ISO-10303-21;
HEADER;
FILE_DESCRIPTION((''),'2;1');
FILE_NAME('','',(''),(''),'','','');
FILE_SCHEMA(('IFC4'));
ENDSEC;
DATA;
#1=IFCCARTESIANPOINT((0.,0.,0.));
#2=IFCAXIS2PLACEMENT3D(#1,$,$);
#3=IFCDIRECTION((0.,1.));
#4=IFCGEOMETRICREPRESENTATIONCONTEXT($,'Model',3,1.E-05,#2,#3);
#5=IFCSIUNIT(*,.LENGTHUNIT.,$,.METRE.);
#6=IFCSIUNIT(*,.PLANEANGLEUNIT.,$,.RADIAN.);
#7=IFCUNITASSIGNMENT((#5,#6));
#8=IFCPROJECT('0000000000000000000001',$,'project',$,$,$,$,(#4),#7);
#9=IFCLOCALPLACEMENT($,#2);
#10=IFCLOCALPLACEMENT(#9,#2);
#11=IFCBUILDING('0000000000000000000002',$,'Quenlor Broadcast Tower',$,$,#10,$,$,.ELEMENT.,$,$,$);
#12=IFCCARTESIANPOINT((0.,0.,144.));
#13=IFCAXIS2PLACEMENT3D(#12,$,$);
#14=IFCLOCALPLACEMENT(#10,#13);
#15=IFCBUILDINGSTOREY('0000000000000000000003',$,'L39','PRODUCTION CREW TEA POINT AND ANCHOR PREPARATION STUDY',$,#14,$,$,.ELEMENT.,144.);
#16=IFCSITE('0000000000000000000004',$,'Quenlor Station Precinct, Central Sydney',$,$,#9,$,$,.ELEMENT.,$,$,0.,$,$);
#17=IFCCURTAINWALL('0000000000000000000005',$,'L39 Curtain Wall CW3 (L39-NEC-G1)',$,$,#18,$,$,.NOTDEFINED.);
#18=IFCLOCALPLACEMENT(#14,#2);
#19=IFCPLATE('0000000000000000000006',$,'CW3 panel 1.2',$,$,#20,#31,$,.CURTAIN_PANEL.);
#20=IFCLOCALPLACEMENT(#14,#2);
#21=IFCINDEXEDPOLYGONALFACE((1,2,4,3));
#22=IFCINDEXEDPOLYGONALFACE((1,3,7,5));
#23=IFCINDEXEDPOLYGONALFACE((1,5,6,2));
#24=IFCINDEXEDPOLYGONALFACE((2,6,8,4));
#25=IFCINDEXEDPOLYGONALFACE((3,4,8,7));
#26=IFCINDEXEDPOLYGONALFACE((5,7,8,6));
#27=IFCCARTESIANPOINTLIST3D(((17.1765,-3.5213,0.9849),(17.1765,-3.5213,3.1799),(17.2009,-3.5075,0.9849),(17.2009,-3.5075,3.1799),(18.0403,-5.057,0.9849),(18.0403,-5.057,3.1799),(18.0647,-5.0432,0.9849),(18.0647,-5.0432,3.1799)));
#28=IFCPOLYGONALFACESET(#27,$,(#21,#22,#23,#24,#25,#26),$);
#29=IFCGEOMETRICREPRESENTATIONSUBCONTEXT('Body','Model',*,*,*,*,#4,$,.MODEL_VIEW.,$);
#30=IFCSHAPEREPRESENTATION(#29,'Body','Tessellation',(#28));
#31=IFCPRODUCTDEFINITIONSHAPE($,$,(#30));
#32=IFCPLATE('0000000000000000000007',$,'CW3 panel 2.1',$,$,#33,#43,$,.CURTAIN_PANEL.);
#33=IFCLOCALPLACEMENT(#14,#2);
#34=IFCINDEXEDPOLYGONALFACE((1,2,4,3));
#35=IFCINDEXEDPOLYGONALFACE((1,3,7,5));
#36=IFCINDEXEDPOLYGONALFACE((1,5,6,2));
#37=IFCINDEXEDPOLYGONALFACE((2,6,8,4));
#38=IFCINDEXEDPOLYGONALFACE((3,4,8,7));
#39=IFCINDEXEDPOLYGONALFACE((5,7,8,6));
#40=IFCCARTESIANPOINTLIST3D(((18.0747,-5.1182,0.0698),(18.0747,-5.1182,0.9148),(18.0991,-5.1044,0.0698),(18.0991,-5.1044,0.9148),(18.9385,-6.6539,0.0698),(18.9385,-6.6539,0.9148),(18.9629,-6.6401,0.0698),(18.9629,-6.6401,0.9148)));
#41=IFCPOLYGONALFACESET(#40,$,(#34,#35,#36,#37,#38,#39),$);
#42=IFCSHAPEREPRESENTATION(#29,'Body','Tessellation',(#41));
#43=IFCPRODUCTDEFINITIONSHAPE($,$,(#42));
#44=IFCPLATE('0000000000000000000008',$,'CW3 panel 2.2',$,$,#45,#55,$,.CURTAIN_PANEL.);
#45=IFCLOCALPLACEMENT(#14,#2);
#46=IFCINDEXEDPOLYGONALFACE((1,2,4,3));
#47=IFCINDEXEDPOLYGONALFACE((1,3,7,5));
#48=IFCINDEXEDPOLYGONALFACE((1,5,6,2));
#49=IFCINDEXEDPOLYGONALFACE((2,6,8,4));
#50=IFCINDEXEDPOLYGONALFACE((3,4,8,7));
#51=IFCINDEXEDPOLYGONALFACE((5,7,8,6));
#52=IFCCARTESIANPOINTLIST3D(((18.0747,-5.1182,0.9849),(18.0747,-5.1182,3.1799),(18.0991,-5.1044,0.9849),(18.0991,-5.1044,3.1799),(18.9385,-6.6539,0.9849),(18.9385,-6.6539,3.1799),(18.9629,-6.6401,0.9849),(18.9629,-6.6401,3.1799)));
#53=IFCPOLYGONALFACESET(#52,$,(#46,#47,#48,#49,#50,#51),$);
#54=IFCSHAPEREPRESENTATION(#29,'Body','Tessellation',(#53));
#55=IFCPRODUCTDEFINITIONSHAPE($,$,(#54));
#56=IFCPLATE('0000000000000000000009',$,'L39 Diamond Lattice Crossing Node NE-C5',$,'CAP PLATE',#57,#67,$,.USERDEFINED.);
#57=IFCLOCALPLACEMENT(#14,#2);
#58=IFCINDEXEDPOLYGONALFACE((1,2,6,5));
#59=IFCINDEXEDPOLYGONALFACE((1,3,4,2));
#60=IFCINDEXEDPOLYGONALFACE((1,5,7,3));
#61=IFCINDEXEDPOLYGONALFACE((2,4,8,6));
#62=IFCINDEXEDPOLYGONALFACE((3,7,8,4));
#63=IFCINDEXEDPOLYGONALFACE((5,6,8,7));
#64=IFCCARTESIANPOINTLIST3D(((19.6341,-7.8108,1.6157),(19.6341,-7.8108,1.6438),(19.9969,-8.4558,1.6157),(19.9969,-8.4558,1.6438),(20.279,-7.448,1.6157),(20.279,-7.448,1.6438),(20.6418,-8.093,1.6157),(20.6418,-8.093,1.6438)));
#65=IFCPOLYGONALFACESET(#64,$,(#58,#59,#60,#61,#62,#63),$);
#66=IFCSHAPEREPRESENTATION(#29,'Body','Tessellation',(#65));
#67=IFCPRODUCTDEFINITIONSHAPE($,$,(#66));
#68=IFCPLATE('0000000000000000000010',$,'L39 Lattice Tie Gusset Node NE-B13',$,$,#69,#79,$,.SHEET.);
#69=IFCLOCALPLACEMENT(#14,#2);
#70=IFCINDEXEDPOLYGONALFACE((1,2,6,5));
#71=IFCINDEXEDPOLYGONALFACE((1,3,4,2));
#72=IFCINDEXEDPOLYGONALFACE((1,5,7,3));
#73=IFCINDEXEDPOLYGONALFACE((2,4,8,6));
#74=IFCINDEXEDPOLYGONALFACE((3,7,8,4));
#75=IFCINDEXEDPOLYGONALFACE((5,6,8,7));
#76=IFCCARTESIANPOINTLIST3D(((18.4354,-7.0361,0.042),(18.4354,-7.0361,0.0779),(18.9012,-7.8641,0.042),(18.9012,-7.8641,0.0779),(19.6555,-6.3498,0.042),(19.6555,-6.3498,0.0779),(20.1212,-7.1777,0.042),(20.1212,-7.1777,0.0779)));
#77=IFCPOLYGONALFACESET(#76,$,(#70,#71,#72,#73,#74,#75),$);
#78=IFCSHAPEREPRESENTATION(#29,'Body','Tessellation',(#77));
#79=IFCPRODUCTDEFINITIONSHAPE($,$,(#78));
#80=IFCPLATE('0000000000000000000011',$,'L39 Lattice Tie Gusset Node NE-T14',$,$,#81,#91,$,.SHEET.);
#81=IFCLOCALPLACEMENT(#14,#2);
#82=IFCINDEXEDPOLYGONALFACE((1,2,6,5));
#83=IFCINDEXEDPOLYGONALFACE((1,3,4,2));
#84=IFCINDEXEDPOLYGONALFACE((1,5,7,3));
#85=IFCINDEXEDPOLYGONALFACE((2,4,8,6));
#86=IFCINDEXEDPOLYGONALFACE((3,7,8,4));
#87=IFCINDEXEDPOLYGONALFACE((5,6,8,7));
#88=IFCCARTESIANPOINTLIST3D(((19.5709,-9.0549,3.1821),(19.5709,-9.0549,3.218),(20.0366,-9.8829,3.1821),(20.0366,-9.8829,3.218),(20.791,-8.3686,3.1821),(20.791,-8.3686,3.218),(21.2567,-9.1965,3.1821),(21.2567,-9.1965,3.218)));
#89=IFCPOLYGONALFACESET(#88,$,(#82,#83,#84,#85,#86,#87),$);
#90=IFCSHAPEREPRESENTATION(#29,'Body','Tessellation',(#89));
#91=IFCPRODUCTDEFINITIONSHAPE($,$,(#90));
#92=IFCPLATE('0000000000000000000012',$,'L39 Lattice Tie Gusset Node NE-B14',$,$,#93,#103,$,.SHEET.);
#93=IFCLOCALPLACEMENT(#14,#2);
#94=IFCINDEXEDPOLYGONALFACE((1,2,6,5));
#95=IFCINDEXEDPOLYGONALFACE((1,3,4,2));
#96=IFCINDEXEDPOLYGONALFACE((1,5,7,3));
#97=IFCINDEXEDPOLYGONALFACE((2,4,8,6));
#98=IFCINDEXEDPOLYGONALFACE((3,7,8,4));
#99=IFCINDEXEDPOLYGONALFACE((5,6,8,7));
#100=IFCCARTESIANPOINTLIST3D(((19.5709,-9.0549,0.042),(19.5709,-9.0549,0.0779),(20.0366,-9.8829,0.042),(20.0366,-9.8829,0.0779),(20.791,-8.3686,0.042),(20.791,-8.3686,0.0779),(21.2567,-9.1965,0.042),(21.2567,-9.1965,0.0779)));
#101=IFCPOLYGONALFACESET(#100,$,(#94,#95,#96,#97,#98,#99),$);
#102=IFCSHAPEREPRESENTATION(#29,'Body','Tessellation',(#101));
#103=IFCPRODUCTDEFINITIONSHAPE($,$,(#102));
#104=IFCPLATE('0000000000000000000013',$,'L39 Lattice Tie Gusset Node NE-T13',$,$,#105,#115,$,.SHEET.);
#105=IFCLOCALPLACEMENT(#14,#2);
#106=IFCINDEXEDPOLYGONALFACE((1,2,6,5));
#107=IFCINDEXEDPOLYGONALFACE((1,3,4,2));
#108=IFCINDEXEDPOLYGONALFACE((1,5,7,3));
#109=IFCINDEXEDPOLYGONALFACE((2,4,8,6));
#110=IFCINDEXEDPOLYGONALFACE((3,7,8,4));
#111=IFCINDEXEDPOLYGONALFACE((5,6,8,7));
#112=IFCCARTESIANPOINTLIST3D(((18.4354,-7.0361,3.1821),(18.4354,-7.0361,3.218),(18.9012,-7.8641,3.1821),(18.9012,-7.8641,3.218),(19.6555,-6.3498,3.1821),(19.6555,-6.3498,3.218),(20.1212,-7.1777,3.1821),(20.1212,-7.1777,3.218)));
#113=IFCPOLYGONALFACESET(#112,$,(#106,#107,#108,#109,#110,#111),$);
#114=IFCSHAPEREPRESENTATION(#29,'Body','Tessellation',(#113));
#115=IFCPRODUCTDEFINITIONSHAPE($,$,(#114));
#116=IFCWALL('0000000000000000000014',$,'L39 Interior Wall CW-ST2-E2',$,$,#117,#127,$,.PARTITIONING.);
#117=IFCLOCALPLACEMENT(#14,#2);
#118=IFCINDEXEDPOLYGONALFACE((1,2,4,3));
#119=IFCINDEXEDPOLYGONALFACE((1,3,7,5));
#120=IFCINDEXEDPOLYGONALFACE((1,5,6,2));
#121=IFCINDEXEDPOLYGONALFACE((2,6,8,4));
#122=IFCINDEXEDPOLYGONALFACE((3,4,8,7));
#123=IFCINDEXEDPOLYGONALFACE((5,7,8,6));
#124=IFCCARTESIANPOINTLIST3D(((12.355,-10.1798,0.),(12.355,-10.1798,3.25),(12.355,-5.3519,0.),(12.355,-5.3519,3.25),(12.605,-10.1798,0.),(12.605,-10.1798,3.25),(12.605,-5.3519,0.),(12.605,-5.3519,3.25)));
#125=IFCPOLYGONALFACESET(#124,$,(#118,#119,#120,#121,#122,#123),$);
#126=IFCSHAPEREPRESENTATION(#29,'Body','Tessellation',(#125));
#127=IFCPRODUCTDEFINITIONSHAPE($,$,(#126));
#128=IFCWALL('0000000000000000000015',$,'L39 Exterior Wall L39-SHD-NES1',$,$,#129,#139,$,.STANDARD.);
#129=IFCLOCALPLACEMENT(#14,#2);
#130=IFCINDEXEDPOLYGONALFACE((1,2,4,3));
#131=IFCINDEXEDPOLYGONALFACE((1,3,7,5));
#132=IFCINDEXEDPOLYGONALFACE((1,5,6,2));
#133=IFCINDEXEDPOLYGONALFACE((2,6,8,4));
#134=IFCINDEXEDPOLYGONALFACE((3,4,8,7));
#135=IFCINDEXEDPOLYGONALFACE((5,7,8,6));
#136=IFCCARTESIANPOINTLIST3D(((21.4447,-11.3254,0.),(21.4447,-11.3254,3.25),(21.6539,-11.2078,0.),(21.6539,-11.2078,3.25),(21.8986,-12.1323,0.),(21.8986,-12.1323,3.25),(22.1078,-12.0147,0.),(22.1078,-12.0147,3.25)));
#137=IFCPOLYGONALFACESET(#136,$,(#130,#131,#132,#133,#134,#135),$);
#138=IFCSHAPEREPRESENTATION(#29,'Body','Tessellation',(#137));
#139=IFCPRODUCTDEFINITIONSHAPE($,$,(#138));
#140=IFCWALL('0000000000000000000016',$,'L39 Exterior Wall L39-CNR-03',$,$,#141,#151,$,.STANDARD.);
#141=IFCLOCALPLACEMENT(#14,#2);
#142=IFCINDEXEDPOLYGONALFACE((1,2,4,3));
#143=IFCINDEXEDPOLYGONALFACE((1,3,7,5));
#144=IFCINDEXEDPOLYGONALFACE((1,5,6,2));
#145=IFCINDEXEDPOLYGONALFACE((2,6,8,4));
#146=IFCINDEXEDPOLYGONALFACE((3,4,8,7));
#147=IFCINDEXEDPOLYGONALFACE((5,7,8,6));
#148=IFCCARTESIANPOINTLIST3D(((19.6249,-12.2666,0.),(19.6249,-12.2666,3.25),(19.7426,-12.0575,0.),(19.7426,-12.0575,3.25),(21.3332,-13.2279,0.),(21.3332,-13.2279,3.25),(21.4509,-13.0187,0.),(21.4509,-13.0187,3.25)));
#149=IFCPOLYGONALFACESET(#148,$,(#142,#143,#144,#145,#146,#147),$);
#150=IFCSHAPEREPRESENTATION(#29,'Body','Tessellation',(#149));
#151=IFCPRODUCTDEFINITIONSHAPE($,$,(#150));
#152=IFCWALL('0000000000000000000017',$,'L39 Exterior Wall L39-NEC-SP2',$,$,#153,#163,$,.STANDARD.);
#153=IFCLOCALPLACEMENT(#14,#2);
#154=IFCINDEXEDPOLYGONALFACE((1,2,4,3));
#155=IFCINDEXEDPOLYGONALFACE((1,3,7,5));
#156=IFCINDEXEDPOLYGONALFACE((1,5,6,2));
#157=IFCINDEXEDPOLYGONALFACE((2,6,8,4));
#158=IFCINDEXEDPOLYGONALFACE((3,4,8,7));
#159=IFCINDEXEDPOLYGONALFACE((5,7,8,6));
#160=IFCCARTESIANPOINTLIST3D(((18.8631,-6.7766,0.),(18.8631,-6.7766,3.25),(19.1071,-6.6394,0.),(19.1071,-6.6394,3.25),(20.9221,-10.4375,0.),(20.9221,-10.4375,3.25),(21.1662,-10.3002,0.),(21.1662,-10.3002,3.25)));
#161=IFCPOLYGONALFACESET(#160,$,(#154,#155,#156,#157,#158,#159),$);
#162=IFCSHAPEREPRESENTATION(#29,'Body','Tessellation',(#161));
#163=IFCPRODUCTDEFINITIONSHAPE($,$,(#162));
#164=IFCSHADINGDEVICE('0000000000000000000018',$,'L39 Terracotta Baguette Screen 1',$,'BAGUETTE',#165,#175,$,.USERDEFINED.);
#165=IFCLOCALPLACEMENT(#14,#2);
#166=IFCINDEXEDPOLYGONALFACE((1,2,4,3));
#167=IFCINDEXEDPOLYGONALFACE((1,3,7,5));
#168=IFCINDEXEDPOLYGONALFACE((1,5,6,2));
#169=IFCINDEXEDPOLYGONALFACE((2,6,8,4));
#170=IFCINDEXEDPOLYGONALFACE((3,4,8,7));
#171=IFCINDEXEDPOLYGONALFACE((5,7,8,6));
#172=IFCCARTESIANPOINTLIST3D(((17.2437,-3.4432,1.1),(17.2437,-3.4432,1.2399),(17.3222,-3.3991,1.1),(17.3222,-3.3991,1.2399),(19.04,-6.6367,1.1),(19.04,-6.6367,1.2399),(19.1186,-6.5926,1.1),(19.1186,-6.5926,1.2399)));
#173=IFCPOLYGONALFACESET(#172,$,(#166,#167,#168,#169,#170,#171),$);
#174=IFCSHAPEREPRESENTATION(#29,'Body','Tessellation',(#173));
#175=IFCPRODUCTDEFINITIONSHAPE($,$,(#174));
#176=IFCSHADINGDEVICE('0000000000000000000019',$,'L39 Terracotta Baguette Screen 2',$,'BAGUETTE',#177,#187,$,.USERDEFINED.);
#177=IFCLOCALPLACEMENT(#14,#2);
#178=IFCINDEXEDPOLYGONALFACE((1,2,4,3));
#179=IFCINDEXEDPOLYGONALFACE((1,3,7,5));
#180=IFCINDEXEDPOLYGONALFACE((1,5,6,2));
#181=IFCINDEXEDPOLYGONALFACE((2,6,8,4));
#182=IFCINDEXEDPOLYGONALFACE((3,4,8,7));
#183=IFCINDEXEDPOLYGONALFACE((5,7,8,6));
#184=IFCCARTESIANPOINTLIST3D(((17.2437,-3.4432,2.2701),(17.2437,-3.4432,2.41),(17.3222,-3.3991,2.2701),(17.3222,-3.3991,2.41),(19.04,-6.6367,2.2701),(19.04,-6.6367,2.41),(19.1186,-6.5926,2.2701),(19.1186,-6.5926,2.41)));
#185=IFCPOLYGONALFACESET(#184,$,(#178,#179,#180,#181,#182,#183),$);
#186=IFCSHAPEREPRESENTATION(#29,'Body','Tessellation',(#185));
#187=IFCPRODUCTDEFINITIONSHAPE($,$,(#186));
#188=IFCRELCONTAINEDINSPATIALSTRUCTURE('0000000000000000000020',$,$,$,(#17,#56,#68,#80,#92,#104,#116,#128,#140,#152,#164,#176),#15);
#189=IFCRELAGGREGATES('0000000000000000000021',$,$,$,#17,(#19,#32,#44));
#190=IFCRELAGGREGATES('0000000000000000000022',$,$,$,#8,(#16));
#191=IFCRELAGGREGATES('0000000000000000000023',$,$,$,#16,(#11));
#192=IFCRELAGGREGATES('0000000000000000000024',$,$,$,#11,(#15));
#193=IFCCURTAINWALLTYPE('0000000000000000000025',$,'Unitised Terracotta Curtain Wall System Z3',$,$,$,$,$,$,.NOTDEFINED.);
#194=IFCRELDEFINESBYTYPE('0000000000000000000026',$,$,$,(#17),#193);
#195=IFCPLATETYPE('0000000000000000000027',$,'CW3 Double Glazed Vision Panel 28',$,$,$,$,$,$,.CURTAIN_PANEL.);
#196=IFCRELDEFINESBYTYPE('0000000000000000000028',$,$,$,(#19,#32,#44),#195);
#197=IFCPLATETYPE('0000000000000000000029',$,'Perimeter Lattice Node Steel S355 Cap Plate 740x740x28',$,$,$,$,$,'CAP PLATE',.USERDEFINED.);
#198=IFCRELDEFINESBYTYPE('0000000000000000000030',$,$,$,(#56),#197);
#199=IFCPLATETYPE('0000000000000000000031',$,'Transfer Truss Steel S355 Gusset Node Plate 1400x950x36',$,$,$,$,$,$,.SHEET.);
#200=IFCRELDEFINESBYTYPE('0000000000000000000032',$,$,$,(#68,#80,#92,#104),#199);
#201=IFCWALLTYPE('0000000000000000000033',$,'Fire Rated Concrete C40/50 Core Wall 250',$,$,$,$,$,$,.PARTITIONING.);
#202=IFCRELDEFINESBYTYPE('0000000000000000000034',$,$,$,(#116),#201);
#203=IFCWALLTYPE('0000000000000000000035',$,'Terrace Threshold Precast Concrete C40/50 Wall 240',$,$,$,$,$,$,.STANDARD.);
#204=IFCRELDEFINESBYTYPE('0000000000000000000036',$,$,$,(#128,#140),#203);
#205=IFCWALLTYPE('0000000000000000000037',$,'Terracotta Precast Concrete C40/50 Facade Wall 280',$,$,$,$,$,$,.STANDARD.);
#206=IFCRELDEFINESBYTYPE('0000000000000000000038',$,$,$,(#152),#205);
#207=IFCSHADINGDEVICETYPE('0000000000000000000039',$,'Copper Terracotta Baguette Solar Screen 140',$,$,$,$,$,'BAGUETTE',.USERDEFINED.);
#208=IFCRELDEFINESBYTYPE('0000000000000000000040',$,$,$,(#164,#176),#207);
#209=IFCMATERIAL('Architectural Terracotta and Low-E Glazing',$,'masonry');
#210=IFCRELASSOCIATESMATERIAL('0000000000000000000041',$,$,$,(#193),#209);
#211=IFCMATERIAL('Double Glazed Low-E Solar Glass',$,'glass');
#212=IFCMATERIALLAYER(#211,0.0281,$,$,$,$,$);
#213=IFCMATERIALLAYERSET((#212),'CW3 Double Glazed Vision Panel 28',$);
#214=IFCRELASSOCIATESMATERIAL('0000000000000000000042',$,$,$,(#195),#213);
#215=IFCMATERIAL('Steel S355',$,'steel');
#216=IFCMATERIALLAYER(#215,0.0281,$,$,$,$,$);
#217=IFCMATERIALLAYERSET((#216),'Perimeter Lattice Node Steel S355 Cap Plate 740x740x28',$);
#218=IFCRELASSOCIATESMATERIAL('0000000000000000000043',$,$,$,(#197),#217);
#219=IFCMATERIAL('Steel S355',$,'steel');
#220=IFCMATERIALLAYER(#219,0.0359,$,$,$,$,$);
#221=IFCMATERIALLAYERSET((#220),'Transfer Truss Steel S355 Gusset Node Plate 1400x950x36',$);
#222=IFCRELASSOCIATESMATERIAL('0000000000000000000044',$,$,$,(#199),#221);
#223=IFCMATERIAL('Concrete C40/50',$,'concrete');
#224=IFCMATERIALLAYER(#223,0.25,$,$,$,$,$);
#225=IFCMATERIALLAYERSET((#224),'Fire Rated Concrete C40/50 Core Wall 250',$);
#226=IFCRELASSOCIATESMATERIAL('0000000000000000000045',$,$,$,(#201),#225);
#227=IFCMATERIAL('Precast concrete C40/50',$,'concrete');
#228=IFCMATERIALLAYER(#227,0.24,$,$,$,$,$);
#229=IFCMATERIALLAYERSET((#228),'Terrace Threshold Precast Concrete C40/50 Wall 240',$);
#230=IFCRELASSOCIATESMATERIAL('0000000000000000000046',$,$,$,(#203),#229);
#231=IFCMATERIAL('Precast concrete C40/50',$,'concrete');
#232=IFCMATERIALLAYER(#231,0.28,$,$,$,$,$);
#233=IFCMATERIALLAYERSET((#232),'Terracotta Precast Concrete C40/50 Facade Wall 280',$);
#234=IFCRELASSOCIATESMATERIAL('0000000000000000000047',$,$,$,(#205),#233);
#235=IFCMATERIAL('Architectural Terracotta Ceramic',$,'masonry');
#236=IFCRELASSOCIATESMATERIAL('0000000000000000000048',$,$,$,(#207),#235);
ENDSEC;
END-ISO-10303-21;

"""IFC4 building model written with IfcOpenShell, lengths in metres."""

from ifc_helpers import new_model, si_unit, direction, frame, frame_2d, origin, origin_2d, place, context, subcontext, project, spatial, rectangle, extrude, material, layer, layer_set, material_profile, profile_set, type_object, element, aggregate, save


model = new_model("IFC4")

# Units and contexts
model_context = context("Model", 3, precision=1e-05, world=origin(), true_north=direction((0.0, 1.0)))
body_context = subcontext(model_context, "Body", "Model", "MODEL_VIEW")
ifc_project = project(units=[si_unit("LENGTHUNIT", "METRE"), si_unit("PLANEANGLEUNIT", "RADIAN")], contexts=[model_context])

# Site, building, storey
site_placement = place(None, origin())
site = spatial("IfcSite", under=ifc_project, at=site_placement, Name="Quenlor Station Precinct, Central Sydney", CompositionType="ELEMENT", RefElevation=0.0)
building_placement = place(site_placement, origin())
building = spatial("IfcBuilding", under=site, at=building_placement, Name="Quenlor Broadcast Tower", CompositionType="ELEMENT")
storey_placement = place(building_placement, frame((0.0, 0.0, 144.0)))
storey = spatial("IfcBuildingStorey", under=building, at=storey_placement, Name="L39", Description="PRODUCTION CREW TEA POINT AND ANCHOR PREPARATION STUDY", CompositionType="ELEMENT", Elevation=144.0)

# Curtain wall
ifc_material_1 = material(Name="Architectural Terracotta and Low-E Glazing", Category="masonry")
curtain_wall_type = type_object("IfcCurtainWallType", Name="Unitised Terracotta Curtain Wall System Z3", PredefinedType="NOTDEFINED", material=ifc_material_1)
curtain_wall_placement = place(storey_placement, origin())
curtain_wall = element("IfcCurtainWall", 1, at=curtain_wall_placement, inside=storey, type_object=curtain_wall_type, Name="L39 Curtain Wall CW3 (L39-NEC-G1)", PredefinedType="NOTDEFINED")

# Plates
ifc_material_2 = material(Name="Double Glazed Low-E Solar Glass", Category="glass")
ifc_layer_1 = layer(ifc_material_2, 0.0281)
ifc_layer_set_1 = layer_set([ifc_layer_1], Name="CW3 Double Glazed Vision Panel 28")
plate_type_1 = type_object("IfcPlateType", Name="CW3 Double Glazed Vision Panel 28", PredefinedType="CURTAIN_PANEL", material=ifc_layer_set_1)
plate_1_placement = place(storey_placement, frame((17.6206, -4.2822, 0.9849), z_axis=(0.0, 0.0, 1.0), x_axis=(0.490259, -0.871577, 0.0)))
plate_1 = element("IfcPlate", 2, at=plate_1_placement, type_object=plate_type_1, Name="CW3 panel 1.2", PredefinedType="CURTAIN_PANEL", context=body_context, shape_type="SweptSolid", body=[
    extrude(rectangle(XDim=1.762, YDim=0.0281, at=origin_2d()), origin(), (0.0, 0.0, 1.0), 2.1951),
])
plate_2_placement = place(storey_placement, frame((18.5188, -5.8792, 0.0698), z_axis=(0.0, 0.0, 1.0), x_axis=(0.490259, -0.871577, 0.0)))
plate_2 = element("IfcPlate", 3, at=plate_2_placement, type_object=plate_type_1, Name="CW3 panel 2.1", PredefinedType="CURTAIN_PANEL", context=body_context, shape_type="SweptSolid", body=[
    extrude(rectangle(XDim=1.762, YDim=0.0281, at=origin_2d()), origin(), (0.0, 0.0, 1.0), 0.845),
])
plate_3_placement = place(storey_placement, frame((18.5188, -5.8792, 0.9849), z_axis=(0.0, 0.0, 1.0), x_axis=(0.490259, -0.871577, 0.0)))
plate_3 = element("IfcPlate", 4, at=plate_3_placement, type_object=plate_type_1, Name="CW3 panel 2.2", PredefinedType="CURTAIN_PANEL", context=body_context, shape_type="SweptSolid", body=[
    extrude(rectangle(XDim=1.762, YDim=0.0281, at=origin_2d()), origin(), (0.0, 0.0, 1.0), 2.1951),
])
aggregate(curtain_wall, [plate_1, plate_2, plate_3])

# Plates
ifc_material_3 = material(Name="Steel S355", Category="steel")
ifc_layer_2 = layer(ifc_material_3, 0.0281)
ifc_layer_set_2 = layer_set([ifc_layer_2], Name="Perimeter Lattice Node Steel S355 Cap Plate 740x740x28")
plate_type_2 = type_object("IfcPlateType", Name="Perimeter Lattice Node Steel S355 Cap Plate 740x740x28", ElementType="CAP PLATE", PredefinedType="USERDEFINED", material=ifc_layer_set_2)
plate_4_placement = place(storey_placement, frame((20.1379, -7.9519, 1.6157), z_axis=(0.0, 0.0, 1.0), x_axis=(0.490295, -0.871556, 0.0)))
element("IfcPlate", 5, at=plate_4_placement, inside=storey, type_object=plate_type_2, Name="L39 Diamond Lattice Crossing Node NE-C5", ObjectType="CAP PLATE", PredefinedType="USERDEFINED", context=body_context, shape_type="SweptSolid", body=[
    extrude(rectangle(XDim=0.74, YDim=0.74, at=origin_2d()), origin(), (0.0, 0.0, 1.0), 0.0281),
])
ifc_material_4 = material(Name="Steel S355", Category="steel")
ifc_layer_3 = layer(ifc_material_4, 0.0359)
ifc_layer_set_3 = layer_set([ifc_layer_3], Name="Transfer Truss Steel S355 Gusset Node Plate 1400x950x36")
plate_type_3 = type_object("IfcPlateType", Name="Transfer Truss Steel S355 Gusset Node Plate 1400x950x36", PredefinedType="SHEET", material=ifc_layer_set_3)
for number, where, z_axis, x_axis, name in (
    (6, (19.2783, -7.1069, 0.042), (0.0, 0.0, 1.0), (0.871556, 0.490295, 0.0), "L39 Lattice Tie Gusset Node NE-B13"),
    (7, (20.4138, -9.1257, 3.1821), (0.0, 0.0, 1.0), (0.871556, 0.490295, 0.0), "L39 Lattice Tie Gusset Node NE-T14"),
    (8, (20.4138, -9.1257, 0.042), (0.0, 0.0, 1.0), (0.871556, 0.490295, 0.0), "L39 Lattice Tie Gusset Node NE-B14"),
    (9, (19.2783, -7.1069, 3.1821), (0.0, 0.0, 1.0), (0.871556, 0.490295, 0.0), "L39 Lattice Tie Gusset Node NE-T13"),
):
    element("IfcPlate", number, at=place(storey_placement, frame(where, z_axis=z_axis, x_axis=x_axis)), inside=storey, type_object=plate_type_3, Name=name, PredefinedType="SHEET", context=body_context, shape_type="SweptSolid", body=[
        extrude(rectangle(XDim=1.3999, YDim=0.95, at=origin_2d()), origin(), (0.0, 0.0, 1.0), 0.0359),
    ])

# Walls
ifc_material_5 = material(Name="Concrete C40/50", Category="concrete")
ifc_layer_4 = layer(ifc_material_5, 0.25)
ifc_layer_set_4 = layer_set([ifc_layer_4], Name="Fire Rated Concrete C40/50 Core Wall 250")
wall_type_1 = type_object("IfcWallType", Name="Fire Rated Concrete C40/50 Core Wall 250", PredefinedType="PARTITIONING", material=ifc_layer_set_4)
wall_1_placement = place(storey_placement, frame((12.48, -10.1799, 0.0), z_axis=(0.0, 0.0, 1.0), x_axis=(0.0, 1.0, 0.0)))
element("IfcWall", 10, at=wall_1_placement, inside=storey, type_object=wall_type_1, Name="L39 Interior Wall CW-ST2-E2", PredefinedType="PARTITIONING", context=body_context, shape_type="SweptSolid", body=[
    extrude(rectangle(XDim=4.8279, YDim=0.25, at=frame_2d((2.4141, 0.0))), origin(), (0.0, 0.0, 1.0), 3.25),
])
ifc_material_6 = material(Name="Precast concrete C40/50", Category="concrete")
ifc_layer_5 = layer(ifc_material_6, 0.24)
ifc_layer_set_5 = layer_set([ifc_layer_5], Name="Terrace Threshold Precast Concrete C40/50 Wall 240")
wall_type_2 = type_object("IfcWallType", Name="Terrace Threshold Precast Concrete C40/50 Wall 240", PredefinedType="STANDARD", material=ifc_layer_set_5)
wall_2_placement = place(storey_placement, frame((21.5493, -11.2666, 0.0), z_axis=(0.0, 0.0, 1.0), x_axis=(0.490249, -0.871583, 0.0)))
element("IfcWall", 11, at=wall_2_placement, inside=storey, type_object=wall_type_2, Name="L39 Exterior Wall L39-SHD-NES1", PredefinedType="STANDARD", context=body_context, shape_type="SweptSolid", body=[
    extrude(rectangle(XDim=0.9258, YDim=0.24, at=frame_2d((0.4629, 0.0))), origin(), (0.0, 0.0, 1.0), 3.25),
])
wall_3_placement = place(storey_placement, frame((19.6838, -12.1621, 0.0), z_axis=(0.0, 0.0, 1.0), x_axis=(0.871512, -0.490374, 0.0)))
element("IfcWall", 12, at=wall_3_placement, inside=storey, type_object=wall_type_2, Name="L39 Exterior Wall L39-CNR-03", PredefinedType="STANDARD", context=body_context, shape_type="SweptSolid", body=[
    extrude(rectangle(XDim=1.9602, YDim=0.24, at=frame_2d((0.98, 0.0))), origin(), (0.0, 0.0, 1.0), 3.25),
])
ifc_material_7 = material(Name="Precast concrete C40/50", Category="concrete")
ifc_layer_6 = layer(ifc_material_7, 0.28)
ifc_layer_set_6 = layer_set([ifc_layer_6], Name="Terracotta Precast Concrete C40/50 Facade Wall 280")
wall_type_3 = type_object("IfcWallType", Name="Terracotta Precast Concrete C40/50 Facade Wall 280", PredefinedType="STANDARD", material=ifc_layer_set_6)
wall_4_placement = place(storey_placement, frame((18.9851, -6.708, 0.0), z_axis=(0.0, 0.0, 1.0), x_axis=(0.490231, -0.871593, 0.0)))
element("IfcWall", 13, at=wall_4_placement, inside=storey, type_object=wall_type_3, Name="L39 Exterior Wall L39-NEC-SP2", PredefinedType="STANDARD", context=body_context, shape_type="SweptSolid", body=[
    extrude(rectangle(XDim=4.2002, YDim=0.28, at=frame_2d((2.1001, 0.0))), origin(), (0.0, 0.0, 1.0), 3.25),
])

# Shading devices
ifc_material_8 = material(Name="Architectural Terracotta Ceramic", Category="masonry")
ifc_material_profile_1 = material_profile(ifc_material_8, rectangle(XDim=0.0901, YDim=0.1399, at=origin_2d()))
ifc_profile_set_1 = profile_set([ifc_material_profile_1], Name="Architectural Terracotta Ceramic BAG90x140")
shading_device_type = type_object("IfcShadingDeviceType", Name="Copper Terracotta Baguette Solar Screen 140", ElementType="BAGUETTE", PredefinedType="USERDEFINED", material=ifc_profile_set_1)
for number, where, z_axis, x_axis, name in (
    (14, (17.283, -3.4211, 1.1699), (0.490258, -0.871577, 0.0), (0.871577, 0.490258, 0.0), "L39 Terracotta Baguette Screen 1"),
    (15, (17.283, -3.4211, 2.3401), (0.490258, -0.871577, 0.0), (0.871577, 0.490258, 0.0), "L39 Terracotta Baguette Screen 2"),
):
    element("IfcShadingDevice", number, at=place(storey_placement, frame(where, z_axis=z_axis, x_axis=x_axis)), inside=storey, type_object=shading_device_type, Name=name, ObjectType="BAGUETTE", PredefinedType="USERDEFINED", context=body_context, shape_type="SweptSolid", body=[
        extrude(rectangle(XDim=0.0901, YDim=0.1399, at=origin_2d()), origin(), (0.0, 0.0, 1.0), 3.6641),
    ])

save(model, "model.ifc")
